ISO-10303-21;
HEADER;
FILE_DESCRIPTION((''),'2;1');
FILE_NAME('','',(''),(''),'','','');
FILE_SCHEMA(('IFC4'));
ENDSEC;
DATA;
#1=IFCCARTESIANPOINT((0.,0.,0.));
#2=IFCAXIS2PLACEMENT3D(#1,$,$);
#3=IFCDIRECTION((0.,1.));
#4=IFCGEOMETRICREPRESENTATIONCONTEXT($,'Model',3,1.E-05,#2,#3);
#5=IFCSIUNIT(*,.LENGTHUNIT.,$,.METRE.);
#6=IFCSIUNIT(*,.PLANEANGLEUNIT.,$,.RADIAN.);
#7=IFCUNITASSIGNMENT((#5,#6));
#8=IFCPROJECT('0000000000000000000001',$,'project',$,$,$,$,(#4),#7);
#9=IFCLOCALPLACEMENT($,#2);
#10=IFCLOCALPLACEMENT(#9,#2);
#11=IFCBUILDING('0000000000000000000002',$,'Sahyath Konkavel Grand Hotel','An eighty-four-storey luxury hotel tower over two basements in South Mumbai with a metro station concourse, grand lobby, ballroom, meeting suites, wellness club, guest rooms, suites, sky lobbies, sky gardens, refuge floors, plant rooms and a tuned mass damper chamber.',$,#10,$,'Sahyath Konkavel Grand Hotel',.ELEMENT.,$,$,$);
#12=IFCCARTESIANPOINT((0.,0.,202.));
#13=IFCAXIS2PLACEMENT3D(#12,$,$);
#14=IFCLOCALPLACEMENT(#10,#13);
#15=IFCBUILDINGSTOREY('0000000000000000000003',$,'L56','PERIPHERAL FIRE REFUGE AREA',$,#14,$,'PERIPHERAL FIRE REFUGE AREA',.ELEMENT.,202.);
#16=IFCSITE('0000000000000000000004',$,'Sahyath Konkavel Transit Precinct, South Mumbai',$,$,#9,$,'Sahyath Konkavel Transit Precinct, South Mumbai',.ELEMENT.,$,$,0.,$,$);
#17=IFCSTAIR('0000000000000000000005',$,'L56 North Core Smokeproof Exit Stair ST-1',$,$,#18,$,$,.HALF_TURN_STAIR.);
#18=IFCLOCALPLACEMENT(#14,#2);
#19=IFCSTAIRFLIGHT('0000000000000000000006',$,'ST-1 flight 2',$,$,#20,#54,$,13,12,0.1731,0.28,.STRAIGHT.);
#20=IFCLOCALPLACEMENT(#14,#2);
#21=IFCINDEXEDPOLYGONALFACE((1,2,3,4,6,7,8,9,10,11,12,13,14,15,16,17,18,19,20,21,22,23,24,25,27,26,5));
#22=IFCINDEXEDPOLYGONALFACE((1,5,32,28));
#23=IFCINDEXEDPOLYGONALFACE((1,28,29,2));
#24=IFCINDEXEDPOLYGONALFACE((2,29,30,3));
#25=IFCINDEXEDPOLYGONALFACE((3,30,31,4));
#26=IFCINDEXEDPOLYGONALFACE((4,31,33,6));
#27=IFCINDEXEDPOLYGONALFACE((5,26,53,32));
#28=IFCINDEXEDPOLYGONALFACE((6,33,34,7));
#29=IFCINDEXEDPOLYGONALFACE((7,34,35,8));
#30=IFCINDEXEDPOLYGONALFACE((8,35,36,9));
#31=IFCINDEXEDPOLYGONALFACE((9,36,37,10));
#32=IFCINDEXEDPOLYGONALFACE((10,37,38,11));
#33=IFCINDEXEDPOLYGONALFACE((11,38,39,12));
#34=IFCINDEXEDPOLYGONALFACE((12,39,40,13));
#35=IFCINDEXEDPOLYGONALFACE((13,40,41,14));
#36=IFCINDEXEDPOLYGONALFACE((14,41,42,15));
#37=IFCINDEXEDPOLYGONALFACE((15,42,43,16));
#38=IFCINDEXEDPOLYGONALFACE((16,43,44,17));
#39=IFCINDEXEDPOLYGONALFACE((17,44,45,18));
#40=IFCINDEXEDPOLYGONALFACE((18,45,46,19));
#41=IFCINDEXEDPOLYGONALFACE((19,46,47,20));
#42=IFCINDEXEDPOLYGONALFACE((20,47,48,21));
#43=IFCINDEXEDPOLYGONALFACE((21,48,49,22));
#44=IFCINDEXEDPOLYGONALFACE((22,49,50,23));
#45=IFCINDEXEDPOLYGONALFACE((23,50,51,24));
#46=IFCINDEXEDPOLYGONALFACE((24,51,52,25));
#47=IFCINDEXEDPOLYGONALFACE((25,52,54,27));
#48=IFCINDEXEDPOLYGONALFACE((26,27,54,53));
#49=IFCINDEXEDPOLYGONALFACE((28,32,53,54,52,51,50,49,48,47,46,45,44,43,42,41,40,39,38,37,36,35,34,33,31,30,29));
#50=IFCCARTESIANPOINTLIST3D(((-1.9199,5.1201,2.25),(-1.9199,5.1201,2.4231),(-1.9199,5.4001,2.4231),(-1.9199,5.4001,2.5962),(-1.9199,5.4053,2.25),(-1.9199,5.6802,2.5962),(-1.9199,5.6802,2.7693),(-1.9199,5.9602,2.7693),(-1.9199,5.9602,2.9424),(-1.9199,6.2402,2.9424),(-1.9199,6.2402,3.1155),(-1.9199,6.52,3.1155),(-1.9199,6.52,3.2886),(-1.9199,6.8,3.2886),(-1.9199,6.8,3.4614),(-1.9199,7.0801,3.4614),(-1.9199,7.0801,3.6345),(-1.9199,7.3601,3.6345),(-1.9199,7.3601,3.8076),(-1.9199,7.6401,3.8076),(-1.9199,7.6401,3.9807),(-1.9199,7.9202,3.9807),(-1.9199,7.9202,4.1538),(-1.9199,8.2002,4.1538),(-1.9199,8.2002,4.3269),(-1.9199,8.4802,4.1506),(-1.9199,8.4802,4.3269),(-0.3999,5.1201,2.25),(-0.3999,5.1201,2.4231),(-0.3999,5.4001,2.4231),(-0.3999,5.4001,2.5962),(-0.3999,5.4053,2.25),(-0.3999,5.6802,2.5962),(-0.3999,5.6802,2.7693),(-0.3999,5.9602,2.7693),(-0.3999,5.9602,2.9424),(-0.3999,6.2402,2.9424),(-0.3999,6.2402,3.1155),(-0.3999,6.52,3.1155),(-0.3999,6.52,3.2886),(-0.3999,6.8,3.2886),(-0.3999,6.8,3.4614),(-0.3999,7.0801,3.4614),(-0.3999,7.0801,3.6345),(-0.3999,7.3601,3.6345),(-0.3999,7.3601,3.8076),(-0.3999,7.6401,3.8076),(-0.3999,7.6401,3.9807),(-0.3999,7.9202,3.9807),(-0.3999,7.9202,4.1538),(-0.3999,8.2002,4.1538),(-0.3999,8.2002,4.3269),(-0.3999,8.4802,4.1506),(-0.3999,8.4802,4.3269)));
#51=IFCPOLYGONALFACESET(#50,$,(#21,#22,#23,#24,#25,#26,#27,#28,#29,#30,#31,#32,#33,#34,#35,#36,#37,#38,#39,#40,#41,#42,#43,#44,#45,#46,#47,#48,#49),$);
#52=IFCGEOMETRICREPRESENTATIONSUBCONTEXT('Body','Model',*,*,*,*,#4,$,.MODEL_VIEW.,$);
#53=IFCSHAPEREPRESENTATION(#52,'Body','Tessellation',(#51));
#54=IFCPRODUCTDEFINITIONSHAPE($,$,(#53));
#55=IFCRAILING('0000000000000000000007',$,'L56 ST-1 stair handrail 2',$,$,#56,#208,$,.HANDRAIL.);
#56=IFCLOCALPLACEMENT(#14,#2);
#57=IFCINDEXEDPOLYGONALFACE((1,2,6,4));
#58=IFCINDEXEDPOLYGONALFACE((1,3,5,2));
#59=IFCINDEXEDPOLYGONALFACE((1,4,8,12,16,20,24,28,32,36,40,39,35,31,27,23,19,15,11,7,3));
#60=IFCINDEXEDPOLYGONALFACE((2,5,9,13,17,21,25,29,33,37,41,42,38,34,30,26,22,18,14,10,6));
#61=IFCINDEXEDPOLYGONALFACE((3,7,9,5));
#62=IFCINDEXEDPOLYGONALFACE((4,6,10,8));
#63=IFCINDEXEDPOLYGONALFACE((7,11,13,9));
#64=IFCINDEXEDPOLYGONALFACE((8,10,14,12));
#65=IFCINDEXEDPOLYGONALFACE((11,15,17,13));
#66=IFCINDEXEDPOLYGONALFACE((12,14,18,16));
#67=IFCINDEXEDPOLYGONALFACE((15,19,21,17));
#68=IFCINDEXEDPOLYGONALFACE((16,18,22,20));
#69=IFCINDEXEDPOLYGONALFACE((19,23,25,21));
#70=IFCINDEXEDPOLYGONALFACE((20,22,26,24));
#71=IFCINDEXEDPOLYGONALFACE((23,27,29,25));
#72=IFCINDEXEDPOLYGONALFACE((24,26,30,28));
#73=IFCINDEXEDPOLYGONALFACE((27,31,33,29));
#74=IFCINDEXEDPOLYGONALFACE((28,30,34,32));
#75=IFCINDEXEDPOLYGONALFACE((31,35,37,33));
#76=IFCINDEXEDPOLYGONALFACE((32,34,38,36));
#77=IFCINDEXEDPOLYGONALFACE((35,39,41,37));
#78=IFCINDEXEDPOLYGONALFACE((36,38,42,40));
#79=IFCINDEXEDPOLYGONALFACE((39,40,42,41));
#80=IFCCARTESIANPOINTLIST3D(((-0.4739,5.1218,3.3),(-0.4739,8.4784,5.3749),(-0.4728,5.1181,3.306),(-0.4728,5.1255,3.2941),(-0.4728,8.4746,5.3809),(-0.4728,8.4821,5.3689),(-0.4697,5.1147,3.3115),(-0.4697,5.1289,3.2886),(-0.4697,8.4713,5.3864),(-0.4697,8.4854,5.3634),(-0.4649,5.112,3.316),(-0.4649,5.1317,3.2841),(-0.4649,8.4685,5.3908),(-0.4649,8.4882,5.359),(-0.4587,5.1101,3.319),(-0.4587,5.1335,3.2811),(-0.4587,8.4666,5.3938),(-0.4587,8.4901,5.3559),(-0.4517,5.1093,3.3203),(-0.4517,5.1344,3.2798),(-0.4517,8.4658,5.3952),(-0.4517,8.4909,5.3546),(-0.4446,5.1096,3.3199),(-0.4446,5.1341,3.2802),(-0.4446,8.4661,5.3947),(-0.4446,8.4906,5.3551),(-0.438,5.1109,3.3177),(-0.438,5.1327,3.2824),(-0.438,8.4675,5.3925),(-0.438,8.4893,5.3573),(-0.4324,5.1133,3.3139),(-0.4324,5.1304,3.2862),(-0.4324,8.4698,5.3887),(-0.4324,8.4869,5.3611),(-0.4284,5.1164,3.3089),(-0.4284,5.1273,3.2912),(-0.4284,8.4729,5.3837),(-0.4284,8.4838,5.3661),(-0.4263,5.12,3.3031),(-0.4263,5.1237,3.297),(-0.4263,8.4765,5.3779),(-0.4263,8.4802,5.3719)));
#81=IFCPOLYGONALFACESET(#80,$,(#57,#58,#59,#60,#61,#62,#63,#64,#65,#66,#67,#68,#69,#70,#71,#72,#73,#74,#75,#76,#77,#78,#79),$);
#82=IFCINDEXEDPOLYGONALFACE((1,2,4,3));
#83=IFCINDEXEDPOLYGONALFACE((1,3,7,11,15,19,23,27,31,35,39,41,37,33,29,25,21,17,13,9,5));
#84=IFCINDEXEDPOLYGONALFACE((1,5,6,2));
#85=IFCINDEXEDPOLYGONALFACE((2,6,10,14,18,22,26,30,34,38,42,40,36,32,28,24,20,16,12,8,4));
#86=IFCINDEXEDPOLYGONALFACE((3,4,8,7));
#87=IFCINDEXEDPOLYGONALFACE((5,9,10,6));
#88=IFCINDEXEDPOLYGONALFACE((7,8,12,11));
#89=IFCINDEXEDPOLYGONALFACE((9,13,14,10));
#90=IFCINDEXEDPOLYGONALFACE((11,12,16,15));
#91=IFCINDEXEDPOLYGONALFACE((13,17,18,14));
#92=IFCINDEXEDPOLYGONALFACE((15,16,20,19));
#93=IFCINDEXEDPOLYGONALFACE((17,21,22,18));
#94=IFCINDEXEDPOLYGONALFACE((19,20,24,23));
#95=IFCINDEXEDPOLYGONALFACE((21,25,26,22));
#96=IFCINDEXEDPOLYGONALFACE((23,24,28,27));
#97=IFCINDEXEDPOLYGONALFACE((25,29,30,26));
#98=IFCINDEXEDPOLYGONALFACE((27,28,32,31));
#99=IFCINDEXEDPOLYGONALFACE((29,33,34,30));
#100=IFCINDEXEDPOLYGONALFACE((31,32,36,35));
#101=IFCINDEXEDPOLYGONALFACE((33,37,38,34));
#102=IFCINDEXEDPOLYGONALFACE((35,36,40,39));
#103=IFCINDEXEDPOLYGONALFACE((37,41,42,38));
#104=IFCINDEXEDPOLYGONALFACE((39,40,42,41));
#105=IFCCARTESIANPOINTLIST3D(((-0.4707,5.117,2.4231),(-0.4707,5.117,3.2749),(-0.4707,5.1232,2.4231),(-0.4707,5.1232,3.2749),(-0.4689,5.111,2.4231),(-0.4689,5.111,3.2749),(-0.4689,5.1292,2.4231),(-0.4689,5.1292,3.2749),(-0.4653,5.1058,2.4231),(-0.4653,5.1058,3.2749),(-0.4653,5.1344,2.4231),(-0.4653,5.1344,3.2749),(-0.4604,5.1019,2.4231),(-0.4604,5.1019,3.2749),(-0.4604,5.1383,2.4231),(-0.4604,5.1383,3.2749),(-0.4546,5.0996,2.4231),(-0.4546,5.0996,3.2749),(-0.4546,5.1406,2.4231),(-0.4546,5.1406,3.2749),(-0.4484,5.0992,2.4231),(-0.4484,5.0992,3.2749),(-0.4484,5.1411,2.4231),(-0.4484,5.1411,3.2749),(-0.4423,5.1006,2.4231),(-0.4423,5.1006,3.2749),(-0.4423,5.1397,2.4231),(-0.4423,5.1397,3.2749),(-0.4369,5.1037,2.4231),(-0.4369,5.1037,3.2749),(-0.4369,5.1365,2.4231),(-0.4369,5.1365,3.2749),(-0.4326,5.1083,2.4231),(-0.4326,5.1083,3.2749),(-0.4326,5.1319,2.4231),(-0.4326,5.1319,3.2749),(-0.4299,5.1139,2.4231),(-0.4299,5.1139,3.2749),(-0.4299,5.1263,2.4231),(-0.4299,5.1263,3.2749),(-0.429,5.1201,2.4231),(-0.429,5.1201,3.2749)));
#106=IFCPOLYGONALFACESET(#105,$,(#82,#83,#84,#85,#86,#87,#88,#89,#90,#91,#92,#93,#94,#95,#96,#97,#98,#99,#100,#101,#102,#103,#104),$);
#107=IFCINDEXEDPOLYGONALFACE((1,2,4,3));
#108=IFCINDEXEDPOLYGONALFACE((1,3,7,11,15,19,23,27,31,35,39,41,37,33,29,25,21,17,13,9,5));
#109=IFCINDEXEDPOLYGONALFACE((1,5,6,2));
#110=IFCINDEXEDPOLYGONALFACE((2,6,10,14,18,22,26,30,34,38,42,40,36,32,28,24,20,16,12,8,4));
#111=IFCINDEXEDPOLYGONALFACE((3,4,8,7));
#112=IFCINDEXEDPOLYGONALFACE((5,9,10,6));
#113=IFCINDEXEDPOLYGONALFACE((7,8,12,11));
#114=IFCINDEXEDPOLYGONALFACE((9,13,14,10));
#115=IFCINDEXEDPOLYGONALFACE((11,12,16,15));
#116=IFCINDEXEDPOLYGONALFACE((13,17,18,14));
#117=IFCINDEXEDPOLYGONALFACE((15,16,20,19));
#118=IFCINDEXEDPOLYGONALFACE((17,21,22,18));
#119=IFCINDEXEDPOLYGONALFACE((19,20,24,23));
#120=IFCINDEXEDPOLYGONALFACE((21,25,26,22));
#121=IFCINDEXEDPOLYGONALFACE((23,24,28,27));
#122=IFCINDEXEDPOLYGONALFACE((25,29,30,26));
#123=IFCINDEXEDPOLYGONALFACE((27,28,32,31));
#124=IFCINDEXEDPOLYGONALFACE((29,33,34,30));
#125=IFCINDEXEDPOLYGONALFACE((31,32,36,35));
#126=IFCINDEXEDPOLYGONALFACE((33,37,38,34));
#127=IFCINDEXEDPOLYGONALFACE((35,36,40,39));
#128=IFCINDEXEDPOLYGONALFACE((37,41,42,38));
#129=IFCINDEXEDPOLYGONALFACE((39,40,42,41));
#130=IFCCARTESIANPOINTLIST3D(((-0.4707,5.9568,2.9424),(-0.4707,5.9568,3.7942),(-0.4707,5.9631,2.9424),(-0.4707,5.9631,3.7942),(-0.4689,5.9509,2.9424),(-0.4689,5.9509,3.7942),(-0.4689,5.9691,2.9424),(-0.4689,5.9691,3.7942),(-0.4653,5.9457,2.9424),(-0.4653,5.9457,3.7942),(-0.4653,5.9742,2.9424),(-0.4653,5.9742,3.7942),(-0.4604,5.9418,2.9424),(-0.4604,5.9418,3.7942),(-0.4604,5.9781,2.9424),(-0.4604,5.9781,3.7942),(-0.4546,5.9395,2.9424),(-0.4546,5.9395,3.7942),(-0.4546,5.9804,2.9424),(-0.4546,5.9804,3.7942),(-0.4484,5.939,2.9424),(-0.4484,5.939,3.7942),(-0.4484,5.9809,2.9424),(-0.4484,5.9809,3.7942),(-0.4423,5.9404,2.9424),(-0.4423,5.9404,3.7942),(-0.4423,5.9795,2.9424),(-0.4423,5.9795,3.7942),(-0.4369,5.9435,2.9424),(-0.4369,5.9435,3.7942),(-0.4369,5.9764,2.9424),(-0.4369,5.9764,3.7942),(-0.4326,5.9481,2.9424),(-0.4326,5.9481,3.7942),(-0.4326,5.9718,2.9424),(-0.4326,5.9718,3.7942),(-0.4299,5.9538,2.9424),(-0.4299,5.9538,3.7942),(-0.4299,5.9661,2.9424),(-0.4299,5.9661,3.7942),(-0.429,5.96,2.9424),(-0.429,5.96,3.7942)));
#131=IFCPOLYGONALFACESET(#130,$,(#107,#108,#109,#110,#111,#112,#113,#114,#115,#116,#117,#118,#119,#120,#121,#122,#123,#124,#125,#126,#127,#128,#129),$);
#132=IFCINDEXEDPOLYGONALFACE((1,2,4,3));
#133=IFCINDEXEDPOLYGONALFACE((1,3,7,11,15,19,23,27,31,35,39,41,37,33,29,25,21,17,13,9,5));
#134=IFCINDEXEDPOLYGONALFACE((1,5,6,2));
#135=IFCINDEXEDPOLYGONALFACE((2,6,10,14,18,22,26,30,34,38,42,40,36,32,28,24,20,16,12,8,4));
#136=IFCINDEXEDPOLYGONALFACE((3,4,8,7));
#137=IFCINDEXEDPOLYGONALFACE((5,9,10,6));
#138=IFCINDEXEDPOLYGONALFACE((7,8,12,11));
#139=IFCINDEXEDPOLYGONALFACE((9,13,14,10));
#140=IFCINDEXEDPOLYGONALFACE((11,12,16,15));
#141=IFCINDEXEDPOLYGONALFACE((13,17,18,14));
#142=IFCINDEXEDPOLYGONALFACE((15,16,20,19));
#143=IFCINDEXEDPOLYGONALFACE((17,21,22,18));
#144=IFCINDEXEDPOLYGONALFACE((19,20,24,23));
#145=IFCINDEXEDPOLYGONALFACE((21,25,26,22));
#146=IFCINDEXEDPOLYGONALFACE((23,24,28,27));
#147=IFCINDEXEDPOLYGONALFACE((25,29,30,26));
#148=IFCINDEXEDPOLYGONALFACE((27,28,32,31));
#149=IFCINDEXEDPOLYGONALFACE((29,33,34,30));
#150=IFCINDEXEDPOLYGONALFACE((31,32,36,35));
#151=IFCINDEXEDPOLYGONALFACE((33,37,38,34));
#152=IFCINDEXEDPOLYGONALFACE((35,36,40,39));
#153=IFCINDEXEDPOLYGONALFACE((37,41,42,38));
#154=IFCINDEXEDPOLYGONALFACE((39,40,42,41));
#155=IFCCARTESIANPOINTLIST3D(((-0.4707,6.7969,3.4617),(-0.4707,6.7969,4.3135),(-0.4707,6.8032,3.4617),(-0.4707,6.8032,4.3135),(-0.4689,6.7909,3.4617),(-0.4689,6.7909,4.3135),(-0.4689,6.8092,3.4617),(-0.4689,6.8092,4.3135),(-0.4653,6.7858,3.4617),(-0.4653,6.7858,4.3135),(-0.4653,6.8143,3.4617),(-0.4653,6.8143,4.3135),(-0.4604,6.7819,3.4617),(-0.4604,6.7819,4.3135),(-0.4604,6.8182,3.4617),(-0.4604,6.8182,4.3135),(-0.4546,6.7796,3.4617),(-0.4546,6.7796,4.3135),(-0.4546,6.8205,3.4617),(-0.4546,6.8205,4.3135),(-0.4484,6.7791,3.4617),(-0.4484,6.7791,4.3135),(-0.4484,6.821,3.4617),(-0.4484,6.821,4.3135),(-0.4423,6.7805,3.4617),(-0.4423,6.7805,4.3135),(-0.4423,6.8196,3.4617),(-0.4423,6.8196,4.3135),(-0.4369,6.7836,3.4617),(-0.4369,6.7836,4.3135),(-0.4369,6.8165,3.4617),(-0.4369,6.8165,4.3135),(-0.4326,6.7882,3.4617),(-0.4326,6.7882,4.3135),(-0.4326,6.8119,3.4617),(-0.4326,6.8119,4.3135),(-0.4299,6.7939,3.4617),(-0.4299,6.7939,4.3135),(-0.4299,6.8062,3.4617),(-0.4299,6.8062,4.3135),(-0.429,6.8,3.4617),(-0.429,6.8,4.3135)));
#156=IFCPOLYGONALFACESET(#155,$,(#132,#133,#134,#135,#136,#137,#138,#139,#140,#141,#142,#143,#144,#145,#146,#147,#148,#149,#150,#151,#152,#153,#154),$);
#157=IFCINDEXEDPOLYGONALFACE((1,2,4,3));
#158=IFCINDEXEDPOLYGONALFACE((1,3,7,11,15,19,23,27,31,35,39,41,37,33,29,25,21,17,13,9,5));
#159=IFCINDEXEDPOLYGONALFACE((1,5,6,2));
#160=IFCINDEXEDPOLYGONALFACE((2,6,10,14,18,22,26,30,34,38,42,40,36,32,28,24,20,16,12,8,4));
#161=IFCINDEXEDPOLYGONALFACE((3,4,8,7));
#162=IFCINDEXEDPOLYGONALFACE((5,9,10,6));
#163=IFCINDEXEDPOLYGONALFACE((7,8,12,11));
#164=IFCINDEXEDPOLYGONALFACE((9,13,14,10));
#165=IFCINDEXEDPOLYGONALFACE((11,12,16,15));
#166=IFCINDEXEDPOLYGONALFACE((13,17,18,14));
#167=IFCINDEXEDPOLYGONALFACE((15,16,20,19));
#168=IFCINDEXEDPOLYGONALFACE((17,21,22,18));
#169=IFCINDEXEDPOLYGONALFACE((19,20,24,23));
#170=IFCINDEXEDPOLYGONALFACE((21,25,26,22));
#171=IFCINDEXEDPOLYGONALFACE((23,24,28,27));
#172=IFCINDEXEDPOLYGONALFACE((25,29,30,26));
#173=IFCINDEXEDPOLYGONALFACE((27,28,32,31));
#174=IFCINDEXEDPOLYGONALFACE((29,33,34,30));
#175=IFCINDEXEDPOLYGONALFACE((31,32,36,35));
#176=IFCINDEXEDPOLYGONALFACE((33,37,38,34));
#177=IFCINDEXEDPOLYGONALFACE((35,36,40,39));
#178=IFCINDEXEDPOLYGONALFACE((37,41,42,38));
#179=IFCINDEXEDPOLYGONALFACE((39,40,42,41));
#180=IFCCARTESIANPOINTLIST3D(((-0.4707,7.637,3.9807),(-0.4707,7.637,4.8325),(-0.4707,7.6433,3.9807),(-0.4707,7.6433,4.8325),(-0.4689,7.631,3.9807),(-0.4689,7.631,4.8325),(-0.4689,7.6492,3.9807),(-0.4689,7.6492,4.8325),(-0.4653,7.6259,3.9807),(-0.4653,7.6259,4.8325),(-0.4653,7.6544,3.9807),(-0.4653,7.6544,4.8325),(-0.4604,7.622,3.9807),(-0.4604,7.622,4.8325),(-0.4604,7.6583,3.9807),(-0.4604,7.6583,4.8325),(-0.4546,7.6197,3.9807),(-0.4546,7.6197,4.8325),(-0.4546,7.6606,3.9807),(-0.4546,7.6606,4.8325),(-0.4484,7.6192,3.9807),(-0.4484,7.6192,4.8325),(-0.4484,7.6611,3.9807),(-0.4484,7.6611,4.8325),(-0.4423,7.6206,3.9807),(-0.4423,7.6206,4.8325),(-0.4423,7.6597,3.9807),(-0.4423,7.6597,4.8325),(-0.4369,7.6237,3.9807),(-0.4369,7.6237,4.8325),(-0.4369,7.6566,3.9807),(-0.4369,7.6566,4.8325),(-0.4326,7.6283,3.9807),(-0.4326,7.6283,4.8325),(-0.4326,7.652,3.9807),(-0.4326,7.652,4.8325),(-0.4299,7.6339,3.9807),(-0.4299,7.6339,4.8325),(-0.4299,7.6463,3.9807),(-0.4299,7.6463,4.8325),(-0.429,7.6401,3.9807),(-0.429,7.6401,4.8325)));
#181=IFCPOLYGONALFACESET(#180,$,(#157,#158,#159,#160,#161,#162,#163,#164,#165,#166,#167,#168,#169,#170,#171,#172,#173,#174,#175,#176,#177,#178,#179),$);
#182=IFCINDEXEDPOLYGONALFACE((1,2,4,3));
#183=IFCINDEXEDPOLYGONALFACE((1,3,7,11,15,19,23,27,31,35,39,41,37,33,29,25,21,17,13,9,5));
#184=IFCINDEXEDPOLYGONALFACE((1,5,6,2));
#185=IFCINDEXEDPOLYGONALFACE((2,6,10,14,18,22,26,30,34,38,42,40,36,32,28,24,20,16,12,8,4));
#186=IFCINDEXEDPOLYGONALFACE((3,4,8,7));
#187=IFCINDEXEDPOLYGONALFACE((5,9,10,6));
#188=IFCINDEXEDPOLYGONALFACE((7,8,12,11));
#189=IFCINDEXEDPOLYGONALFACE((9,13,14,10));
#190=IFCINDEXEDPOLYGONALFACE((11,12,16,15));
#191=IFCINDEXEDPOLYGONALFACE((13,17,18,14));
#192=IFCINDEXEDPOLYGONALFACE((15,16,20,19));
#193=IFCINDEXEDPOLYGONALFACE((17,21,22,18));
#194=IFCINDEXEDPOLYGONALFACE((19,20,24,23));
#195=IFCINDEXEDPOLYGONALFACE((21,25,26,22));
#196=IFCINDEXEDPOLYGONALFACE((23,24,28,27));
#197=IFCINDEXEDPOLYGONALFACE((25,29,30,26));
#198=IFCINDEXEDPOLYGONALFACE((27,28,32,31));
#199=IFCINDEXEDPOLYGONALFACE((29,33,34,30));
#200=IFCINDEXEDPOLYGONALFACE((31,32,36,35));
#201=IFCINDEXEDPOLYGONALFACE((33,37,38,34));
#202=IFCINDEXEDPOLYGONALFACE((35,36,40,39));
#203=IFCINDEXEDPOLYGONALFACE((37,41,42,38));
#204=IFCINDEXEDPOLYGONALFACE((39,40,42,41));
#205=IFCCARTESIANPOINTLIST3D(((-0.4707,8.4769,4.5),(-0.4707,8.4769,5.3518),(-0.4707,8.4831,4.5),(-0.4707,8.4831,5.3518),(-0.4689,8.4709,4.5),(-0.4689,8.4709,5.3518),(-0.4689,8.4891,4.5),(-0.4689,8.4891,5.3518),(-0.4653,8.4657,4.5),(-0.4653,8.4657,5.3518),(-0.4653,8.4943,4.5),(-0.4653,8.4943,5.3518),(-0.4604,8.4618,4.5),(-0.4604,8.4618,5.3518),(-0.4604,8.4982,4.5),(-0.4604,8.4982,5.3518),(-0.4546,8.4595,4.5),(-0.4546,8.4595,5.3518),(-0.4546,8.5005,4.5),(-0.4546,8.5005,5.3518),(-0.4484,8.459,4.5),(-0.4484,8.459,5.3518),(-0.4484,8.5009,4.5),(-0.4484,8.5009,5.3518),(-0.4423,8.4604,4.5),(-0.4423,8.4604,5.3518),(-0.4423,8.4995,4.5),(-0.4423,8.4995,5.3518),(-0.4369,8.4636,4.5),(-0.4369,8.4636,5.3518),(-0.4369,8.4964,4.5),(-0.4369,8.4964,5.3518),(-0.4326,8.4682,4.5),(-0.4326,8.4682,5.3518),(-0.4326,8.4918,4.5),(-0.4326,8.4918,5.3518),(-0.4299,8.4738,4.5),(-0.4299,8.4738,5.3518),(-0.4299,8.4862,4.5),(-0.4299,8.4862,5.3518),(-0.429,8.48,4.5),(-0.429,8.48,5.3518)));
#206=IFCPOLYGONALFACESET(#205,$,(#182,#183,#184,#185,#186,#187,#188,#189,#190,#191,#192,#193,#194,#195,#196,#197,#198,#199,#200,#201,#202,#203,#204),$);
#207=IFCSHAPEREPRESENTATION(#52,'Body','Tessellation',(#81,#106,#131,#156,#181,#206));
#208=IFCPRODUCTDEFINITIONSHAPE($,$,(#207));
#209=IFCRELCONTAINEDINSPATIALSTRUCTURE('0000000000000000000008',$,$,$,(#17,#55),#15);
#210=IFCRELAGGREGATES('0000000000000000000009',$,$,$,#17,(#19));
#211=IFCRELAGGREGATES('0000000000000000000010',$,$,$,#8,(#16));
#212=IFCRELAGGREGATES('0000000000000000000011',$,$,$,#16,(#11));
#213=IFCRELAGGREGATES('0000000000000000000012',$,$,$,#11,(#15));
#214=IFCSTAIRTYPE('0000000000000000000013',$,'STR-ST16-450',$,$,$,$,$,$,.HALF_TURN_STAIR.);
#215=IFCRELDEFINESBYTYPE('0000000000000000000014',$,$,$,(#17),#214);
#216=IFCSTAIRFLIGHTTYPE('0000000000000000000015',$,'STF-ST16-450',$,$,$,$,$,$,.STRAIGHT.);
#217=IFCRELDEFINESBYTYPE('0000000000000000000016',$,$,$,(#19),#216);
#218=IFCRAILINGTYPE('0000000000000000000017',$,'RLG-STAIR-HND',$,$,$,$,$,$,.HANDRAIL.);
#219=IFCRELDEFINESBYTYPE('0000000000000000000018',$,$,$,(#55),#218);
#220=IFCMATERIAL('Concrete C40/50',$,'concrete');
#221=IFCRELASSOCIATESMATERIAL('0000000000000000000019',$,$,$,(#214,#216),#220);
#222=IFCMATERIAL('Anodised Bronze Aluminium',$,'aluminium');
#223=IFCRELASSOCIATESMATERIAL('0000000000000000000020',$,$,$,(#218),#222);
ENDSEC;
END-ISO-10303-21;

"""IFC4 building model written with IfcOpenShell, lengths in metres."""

from ifc_helpers import new_model, si_unit, direction, frame, origin, origin_2d, place, context, subcontext, project, spatial, polyline, circle, outline, extrude, material, type_object, element, aggregate, save


model = new_model("IFC4")

# Units and contexts
model_context = context("Model", 3, precision=1e-05, world=origin(), true_north=direction((0.0, 1.0)))
body_context = subcontext(model_context, "Body", "Model", "MODEL_VIEW")
ifc_project = project(units=[si_unit("LENGTHUNIT", "METRE"), si_unit("PLANEANGLEUNIT", "RADIAN")], contexts=[model_context])

# Site, building, storey
site_placement = place(None, origin())
site = spatial("IfcSite", under=ifc_project, at=site_placement, Name="Sahyath Konkavel Transit Precinct, South Mumbai", LongName="Sahyath Konkavel Transit Precinct, South Mumbai", CompositionType="ELEMENT", RefElevation=0.0)
building_placement = place(site_placement, origin())
building = spatial("IfcBuilding", under=site, at=building_placement, Name="Sahyath Konkavel Grand Hotel", Description="An eighty-four-storey luxury hotel tower over two basements in South Mumbai with a metro station concourse, grand lobby, ballroom, meeting suites, wellness club, guest rooms, suites, sky lobbies, sky gardens, refuge floors, plant rooms and a tuned mass damper chamber.", LongName="Sahyath Konkavel Grand Hotel", CompositionType="ELEMENT")
storey_placement = place(building_placement, frame((0.0, 0.0, 202.0)))
storey = spatial("IfcBuildingStorey", under=building, at=storey_placement, Name="L56", Description="PERIPHERAL FIRE REFUGE AREA", LongName="PERIPHERAL FIRE REFUGE AREA", CompositionType="ELEMENT", Elevation=202.0)

# Stair
ifc_material_1 = material(Name="Concrete C40/50", Category="concrete")
stair_type = type_object("IfcStairType", Name="STR-ST16-450", PredefinedType="HALF_TURN_STAIR", material=ifc_material_1)
stair_1_placement = place(storey_placement, origin())
stair_1 = element("IfcStair", 1, at=stair_1_placement, inside=storey, type_object=stair_type, Name="L56 North Core Smokeproof Exit Stair ST-1", PredefinedType="HALF_TURN_STAIR")

# Stair flight
stair_flight_type = type_object("IfcStairFlightType", Name="STF-ST16-450", PredefinedType="STRAIGHT", material=ifc_material_1)
stair_flight_placement = place(storey_placement, frame((-1.1599, 5.1201, 2.25), z_axis=(0.0, 0.0, 1.0), x_axis=(0.0, 1.0, 0.0)))
stair_flight = element("IfcStairFlight", 2, at=stair_flight_placement, type_object=stair_flight_type, Name="ST-1 flight 2", NumberOfRisers=13, NumberOfTreads=12, PredefinedType="STRAIGHT", RiserHeight=0.1731, TreadLength=0.28, context=body_context, shape_type="SweptSolid", body=[
    extrude(outline(polyline([(0.0, 0.0), (0.0, 0.1731), (0.28, 0.1731), (0.28, 0.3462), (0.5601, 0.3462), (0.5601, 0.5193), (0.8401, 0.5193), (0.8401, 0.6924), (1.1201, 0.6924), (1.1201, 0.8655), (1.3999, 0.8655), (1.3999, 1.0386), (1.6799, 1.0386), (1.6799, 1.2114), (1.96, 1.2114), (1.96, 1.3845), (2.24, 1.3845), (2.24, 1.5576), (2.52, 1.5576), (2.52, 1.7307), (2.8, 1.7307), (2.8, 1.9038), (3.0801, 1.9038), (3.0801, 2.0769), (3.3601, 2.0769), (3.3601, 2.25), (3.3601, 1.9006), (0.2852, 0.0), (0.0, 0.0)])), frame((0.0, 0.76, 0.0), z_axis=(0.0, -1.0, 0.0), x_axis=(1.0, 0.0, 0.0)), (0.0, 0.0, 1.0), 1.52),
])
aggregate(stair_1, [stair_flight])

# Railing
ifc_material_2 = material(Name="Anodised Bronze Aluminium", Category="aluminium")
railing_type = type_object("IfcRailingType", Name="RLG-STAIR-HND", PredefinedType="HANDRAIL", material=ifc_material_2)
railing_placement = place(storey_placement, frame((-0.45, 5.1201, 2.4231)))
element("IfcRailing", 3, at=railing_placement, inside=storey, type_object=railing_type, Name="L56 ST-1 stair handrail 2", PredefinedType="HANDRAIL", context=body_context, shape_type="SweptSolid", body=[
    extrude(circle(Radius=0.0239, at=origin_2d()), frame((0.0, 0.0017, 0.877), z_axis=(0.0, 0.850606, 0.525803), x_axis=(-1.0, 0.0, 0.0)), (0.0, 0.0, 1.0), 3.946),
    extrude(circle(Radius=0.021, at=origin_2d()), origin(), (0.0, 0.0, 1.0), 0.8518),
    extrude(circle(Radius=0.021, at=origin_2d()), frame((0.0, 0.8398, 0.5193)), (0.0, 0.0, 1.0), 0.8518),
    extrude(circle(Radius=0.021, at=origin_2d()), frame((0.0, 1.6799, 1.0386)), (0.0, 0.0, 1.0), 0.8518),
    extrude(circle(Radius=0.021, at=origin_2d()), frame((0.0, 2.52, 1.5576)), (0.0, 0.0, 1.0), 0.8518),
    extrude(circle(Radius=0.021, at=origin_2d()), frame((0.0, 3.3599, 2.0769)), (0.0, 0.0, 1.0), 0.8518),
])

save(model, "model.ifc")
